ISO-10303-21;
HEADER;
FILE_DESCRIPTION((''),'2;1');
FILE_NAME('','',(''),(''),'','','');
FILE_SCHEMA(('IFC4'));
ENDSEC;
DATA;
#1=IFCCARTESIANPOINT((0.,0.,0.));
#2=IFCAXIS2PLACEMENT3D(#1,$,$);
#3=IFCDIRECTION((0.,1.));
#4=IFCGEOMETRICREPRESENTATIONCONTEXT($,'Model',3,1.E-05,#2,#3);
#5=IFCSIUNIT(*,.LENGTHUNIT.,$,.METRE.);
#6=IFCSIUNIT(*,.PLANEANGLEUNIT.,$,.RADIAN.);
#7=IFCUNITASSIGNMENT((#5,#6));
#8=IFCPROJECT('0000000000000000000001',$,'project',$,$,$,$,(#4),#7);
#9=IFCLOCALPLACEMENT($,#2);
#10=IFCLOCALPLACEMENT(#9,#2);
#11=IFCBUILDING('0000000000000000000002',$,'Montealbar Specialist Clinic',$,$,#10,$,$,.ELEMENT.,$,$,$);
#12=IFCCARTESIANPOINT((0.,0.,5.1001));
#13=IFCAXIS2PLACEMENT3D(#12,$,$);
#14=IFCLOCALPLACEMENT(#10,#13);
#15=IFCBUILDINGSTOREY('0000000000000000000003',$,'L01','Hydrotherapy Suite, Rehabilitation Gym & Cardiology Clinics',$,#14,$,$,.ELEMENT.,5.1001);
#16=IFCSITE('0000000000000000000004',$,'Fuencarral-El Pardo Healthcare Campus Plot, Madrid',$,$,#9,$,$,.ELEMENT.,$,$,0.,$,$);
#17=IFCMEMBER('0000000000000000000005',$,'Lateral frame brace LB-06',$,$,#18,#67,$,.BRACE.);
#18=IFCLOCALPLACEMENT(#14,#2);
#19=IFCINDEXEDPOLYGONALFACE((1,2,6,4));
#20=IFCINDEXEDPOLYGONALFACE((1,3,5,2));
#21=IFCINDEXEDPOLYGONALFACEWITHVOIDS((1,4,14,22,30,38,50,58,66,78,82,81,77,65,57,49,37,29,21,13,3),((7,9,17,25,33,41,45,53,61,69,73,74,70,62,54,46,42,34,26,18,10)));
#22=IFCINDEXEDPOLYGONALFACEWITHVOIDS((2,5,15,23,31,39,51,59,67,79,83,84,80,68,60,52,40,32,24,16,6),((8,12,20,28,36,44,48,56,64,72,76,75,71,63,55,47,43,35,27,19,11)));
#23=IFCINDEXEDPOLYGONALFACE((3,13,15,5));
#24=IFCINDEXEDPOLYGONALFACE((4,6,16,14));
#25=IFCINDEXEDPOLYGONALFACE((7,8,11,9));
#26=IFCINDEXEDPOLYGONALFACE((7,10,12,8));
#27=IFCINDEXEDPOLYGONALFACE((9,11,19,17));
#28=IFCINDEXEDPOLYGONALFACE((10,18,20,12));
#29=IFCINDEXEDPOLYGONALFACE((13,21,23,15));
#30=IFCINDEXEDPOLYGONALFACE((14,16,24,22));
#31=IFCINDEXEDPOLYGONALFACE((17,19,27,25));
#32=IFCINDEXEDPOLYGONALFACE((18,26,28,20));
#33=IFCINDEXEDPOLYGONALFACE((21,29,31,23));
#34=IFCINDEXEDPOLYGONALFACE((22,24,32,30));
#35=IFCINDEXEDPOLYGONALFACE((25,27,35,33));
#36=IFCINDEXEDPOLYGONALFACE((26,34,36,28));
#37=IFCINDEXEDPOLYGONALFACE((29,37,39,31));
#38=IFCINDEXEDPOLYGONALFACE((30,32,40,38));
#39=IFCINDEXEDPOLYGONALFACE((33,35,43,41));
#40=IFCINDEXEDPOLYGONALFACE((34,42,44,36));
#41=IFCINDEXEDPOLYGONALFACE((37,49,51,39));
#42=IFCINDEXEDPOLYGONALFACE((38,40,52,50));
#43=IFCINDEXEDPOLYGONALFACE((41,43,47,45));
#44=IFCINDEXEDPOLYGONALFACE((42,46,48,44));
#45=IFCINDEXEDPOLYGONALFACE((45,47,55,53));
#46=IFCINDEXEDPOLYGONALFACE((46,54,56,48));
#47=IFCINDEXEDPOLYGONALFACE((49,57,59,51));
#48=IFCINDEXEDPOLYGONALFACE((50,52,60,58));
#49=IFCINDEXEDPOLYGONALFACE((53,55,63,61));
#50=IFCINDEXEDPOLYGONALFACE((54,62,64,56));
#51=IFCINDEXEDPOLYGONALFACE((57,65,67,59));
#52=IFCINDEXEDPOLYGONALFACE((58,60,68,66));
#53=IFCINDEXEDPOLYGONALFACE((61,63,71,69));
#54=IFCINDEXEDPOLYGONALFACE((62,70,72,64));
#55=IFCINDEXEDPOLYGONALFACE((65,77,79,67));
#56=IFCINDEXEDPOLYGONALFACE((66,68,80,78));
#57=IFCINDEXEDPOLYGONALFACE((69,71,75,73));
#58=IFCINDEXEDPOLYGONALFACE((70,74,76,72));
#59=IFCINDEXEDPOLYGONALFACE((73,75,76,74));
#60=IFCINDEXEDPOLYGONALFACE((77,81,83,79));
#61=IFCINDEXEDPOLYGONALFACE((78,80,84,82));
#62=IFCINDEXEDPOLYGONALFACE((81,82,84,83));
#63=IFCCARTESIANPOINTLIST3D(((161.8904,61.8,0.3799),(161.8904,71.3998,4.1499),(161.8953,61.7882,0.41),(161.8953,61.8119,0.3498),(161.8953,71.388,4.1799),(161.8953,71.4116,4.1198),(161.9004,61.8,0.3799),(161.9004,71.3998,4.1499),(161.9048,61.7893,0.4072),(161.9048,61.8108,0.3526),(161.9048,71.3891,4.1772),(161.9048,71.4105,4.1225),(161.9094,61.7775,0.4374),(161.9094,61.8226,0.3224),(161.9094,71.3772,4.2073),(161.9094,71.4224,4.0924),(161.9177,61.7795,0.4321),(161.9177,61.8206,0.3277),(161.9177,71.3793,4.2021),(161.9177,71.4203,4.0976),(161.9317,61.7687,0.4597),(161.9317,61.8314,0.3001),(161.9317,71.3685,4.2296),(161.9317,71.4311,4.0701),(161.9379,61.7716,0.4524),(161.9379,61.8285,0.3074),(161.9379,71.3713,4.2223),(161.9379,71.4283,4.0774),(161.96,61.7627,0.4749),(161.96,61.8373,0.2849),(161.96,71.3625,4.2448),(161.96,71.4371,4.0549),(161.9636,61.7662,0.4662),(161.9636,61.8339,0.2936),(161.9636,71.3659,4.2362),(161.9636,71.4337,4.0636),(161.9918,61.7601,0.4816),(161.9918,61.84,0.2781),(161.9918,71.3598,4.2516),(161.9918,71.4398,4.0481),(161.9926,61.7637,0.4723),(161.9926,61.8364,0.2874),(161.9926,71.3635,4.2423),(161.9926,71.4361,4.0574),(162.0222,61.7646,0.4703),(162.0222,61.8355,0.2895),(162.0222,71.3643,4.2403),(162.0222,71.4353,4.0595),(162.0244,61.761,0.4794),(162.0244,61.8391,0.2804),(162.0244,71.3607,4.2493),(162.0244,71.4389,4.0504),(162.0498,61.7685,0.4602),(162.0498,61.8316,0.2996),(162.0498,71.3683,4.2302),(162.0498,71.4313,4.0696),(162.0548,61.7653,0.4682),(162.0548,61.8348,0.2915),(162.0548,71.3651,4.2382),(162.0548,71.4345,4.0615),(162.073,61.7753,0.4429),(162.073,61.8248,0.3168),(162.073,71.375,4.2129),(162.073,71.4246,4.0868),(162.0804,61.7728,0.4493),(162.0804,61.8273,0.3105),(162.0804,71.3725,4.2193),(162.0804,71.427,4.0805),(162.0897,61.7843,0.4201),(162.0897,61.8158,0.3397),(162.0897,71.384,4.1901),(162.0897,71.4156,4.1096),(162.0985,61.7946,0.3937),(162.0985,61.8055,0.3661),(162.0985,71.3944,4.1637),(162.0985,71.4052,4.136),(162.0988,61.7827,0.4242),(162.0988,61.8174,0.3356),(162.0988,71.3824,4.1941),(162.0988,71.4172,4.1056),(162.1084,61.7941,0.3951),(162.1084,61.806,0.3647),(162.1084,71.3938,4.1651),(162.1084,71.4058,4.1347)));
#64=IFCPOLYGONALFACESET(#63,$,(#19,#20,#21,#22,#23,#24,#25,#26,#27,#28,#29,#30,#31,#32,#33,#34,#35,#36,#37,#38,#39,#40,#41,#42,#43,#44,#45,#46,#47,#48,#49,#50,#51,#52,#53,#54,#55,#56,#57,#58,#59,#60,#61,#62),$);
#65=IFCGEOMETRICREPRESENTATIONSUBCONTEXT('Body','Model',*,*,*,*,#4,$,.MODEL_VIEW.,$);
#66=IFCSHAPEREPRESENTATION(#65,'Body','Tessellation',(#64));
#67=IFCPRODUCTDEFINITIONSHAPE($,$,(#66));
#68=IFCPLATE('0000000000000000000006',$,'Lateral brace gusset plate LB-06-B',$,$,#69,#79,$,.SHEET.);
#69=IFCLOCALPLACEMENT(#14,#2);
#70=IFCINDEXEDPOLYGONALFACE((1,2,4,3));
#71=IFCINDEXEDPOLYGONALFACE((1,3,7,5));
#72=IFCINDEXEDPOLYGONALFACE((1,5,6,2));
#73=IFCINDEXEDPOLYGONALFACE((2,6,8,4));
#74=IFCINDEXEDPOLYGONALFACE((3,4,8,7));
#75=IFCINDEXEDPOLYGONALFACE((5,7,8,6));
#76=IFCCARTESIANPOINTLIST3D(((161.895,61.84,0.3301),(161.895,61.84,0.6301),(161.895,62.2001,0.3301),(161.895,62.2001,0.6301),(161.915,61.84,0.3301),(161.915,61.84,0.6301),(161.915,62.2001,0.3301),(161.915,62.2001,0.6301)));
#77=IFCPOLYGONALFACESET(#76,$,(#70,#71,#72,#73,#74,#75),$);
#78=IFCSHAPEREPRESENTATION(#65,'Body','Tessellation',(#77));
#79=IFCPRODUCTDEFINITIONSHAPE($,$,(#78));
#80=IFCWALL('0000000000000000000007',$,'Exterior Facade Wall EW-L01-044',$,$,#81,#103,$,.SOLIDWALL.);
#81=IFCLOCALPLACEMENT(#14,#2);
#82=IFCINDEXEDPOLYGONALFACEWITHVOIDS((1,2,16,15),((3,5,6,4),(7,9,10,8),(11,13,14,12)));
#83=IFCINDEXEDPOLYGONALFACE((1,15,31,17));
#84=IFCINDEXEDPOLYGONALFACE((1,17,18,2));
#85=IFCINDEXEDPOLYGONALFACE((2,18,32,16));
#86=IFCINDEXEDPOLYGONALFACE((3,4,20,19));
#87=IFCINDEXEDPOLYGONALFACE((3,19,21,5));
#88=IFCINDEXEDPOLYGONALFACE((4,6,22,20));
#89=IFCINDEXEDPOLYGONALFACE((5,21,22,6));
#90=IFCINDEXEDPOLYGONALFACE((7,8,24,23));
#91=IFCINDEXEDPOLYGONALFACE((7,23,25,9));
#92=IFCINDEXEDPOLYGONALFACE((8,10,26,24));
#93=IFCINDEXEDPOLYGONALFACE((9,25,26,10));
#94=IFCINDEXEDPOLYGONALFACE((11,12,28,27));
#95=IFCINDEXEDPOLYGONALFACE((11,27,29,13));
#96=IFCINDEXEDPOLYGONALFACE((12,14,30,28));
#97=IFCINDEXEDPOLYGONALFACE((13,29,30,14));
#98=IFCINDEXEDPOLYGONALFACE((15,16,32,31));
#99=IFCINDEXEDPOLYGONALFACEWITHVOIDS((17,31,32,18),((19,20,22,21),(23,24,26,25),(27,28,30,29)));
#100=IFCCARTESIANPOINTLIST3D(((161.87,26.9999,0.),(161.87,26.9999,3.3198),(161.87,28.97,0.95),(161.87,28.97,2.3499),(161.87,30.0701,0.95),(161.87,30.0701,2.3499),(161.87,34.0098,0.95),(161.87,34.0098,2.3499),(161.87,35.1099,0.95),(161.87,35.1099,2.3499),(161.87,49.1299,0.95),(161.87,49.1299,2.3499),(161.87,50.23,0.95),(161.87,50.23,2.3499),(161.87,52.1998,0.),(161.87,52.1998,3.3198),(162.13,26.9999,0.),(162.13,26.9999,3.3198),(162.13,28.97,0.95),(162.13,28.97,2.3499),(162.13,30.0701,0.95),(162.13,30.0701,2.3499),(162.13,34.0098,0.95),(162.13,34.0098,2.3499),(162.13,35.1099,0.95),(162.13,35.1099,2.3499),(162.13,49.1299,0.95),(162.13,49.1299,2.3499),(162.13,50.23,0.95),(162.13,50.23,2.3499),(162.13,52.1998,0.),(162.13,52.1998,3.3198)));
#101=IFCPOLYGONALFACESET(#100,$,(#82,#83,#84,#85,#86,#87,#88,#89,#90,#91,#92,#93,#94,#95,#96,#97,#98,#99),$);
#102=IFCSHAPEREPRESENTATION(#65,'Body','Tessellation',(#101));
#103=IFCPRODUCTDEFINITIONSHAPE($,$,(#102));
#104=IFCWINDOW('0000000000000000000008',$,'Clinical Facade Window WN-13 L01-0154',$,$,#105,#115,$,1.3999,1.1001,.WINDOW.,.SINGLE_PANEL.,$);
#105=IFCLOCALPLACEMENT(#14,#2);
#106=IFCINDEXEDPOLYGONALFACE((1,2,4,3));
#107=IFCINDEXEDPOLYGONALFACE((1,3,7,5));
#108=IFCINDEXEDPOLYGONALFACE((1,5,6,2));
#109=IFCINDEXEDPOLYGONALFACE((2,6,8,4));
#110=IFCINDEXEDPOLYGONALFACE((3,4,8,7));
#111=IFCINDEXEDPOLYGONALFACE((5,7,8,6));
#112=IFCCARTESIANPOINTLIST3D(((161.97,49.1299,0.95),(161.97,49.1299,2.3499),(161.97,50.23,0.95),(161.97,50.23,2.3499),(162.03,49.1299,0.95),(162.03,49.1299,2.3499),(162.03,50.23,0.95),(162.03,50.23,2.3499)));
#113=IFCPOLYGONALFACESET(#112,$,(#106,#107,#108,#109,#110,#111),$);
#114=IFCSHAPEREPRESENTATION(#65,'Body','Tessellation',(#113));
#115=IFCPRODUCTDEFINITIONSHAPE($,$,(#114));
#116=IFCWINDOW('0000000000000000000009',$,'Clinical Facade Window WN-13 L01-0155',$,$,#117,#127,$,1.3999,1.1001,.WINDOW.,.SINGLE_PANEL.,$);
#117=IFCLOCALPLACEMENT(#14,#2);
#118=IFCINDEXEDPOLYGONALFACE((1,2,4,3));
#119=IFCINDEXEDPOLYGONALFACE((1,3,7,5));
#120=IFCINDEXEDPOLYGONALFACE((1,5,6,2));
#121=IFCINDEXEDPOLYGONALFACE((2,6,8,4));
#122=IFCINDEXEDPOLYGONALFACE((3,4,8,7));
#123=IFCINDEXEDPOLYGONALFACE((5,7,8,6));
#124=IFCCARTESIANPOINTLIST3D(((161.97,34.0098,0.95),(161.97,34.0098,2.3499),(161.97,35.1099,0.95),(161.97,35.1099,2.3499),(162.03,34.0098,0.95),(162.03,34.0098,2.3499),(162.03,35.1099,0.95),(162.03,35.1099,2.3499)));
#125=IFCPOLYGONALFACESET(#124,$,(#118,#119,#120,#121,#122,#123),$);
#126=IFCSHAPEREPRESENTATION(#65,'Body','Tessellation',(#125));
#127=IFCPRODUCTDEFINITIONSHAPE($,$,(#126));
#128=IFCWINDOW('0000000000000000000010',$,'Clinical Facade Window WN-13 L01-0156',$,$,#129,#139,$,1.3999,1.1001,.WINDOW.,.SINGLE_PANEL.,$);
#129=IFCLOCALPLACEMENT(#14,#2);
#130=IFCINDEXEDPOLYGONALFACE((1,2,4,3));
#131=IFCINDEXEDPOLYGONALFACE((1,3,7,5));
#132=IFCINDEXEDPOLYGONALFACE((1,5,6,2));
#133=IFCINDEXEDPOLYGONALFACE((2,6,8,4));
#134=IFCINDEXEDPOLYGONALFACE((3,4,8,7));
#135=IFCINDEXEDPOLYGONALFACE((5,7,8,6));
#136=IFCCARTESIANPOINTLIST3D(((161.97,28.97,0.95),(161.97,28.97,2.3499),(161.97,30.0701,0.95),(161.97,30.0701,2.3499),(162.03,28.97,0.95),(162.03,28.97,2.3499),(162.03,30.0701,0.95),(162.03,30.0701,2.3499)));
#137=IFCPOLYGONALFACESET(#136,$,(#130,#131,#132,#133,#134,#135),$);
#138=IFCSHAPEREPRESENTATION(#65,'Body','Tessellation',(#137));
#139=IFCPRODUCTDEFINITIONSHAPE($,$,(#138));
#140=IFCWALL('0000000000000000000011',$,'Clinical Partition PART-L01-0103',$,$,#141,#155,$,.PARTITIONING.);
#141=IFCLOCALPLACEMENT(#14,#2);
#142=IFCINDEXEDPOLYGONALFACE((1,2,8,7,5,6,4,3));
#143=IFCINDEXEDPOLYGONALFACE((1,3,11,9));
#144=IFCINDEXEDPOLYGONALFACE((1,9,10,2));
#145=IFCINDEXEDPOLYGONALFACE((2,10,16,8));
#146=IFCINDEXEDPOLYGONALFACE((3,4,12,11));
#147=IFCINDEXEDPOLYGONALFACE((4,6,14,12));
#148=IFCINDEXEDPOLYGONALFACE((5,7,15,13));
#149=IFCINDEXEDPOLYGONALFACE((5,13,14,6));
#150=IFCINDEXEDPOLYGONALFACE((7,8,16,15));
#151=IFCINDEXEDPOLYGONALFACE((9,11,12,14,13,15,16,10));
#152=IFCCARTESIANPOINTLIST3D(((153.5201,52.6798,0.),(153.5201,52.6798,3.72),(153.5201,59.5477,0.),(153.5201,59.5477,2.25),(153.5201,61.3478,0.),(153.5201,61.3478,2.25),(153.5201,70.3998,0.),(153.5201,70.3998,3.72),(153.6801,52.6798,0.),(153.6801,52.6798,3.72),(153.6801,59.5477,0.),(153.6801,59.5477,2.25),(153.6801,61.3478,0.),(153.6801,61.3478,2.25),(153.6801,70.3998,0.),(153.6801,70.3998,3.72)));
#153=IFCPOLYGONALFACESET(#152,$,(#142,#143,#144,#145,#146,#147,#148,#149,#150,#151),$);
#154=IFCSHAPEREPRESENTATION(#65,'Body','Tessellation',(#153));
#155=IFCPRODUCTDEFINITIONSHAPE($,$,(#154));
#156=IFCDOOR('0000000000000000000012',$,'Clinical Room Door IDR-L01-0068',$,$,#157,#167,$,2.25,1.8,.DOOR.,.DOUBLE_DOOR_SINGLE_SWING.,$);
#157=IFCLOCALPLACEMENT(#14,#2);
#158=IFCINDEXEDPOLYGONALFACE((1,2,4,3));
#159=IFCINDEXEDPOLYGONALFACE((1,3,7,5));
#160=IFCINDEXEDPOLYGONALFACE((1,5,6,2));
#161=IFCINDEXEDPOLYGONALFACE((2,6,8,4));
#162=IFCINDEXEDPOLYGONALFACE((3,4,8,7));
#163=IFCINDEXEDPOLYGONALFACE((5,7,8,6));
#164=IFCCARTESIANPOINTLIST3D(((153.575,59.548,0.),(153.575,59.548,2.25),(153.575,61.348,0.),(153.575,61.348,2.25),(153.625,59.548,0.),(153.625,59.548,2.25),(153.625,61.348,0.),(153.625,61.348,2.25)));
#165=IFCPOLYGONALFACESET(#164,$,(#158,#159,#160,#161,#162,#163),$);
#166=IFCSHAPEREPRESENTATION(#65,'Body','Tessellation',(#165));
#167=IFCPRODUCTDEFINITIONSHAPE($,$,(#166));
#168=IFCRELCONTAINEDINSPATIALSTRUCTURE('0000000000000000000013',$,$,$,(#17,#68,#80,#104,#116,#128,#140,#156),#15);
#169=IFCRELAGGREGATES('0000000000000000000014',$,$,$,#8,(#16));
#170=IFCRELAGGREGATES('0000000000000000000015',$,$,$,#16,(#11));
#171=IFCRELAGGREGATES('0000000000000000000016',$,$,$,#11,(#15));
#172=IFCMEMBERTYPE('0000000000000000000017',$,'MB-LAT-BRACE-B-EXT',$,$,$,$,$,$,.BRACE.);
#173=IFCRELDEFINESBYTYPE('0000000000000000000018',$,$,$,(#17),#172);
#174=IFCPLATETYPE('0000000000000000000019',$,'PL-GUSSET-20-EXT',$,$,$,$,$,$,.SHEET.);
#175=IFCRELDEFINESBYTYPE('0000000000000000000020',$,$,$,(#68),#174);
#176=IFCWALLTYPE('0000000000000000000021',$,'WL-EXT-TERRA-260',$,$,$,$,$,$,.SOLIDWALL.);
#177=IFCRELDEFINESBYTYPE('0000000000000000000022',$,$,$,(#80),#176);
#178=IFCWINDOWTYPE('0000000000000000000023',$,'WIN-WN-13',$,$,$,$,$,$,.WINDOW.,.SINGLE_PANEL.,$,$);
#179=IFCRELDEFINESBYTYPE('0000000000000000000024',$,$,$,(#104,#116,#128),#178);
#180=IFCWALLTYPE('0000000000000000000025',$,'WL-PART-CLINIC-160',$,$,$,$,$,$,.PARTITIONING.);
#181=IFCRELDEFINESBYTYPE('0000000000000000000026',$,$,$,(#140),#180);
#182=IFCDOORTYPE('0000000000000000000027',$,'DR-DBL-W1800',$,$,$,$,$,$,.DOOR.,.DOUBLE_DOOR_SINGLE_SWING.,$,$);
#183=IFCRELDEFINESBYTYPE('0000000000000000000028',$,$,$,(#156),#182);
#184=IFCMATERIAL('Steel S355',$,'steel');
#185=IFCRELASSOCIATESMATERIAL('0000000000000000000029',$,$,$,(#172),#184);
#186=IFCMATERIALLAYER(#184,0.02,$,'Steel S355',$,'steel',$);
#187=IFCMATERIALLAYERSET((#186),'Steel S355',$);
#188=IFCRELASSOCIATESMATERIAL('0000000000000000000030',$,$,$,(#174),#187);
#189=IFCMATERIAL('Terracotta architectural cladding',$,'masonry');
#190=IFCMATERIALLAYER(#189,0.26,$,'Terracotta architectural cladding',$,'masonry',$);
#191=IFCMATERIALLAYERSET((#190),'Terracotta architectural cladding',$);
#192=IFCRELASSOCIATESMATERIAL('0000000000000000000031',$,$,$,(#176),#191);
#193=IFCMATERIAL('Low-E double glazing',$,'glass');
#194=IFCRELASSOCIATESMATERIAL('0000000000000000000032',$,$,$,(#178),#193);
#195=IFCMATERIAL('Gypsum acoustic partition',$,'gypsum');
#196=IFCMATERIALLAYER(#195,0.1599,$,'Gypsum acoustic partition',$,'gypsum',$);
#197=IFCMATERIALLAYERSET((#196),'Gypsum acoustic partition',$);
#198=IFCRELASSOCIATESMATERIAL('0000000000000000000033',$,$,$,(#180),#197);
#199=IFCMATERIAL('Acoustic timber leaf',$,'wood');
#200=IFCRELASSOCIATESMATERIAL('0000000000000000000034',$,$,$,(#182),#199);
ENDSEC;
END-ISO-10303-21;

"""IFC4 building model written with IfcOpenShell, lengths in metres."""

from ifc_helpers import new_model, si_unit, direction, frame, frame_2d, origin, origin_2d, place, context, subcontext, project, spatial, rectangle, hollow_circle, extrude, material, layer, layer_set, material_profile, profile_set, type_object, element, fill, save


model = new_model("IFC4")

# Units and contexts
model_context = context("Model", 3, precision=1e-05, world=origin(), true_north=direction((0.0, 1.0)))
body_context = subcontext(model_context, "Body", "Model", "MODEL_VIEW")
ifc_project = project(units=[si_unit("LENGTHUNIT", "METRE"), si_unit("PLANEANGLEUNIT", "RADIAN")], contexts=[model_context])

# Site, building, storey
site_placement = place(None, origin())
site = spatial("IfcSite", under=ifc_project, at=site_placement, Name="Fuencarral-El Pardo Healthcare Campus Plot, Madrid", CompositionType="ELEMENT", RefElevation=0.0)
building_placement = place(site_placement, origin())
building = spatial("IfcBuilding", under=site, at=building_placement, Name="Montealbar Specialist Clinic", CompositionType="ELEMENT")
storey_placement = place(building_placement, frame((0.0, 0.0, 5.1001)))
storey = spatial("IfcBuildingStorey", under=building, at=storey_placement, Name="L01", Description="Hydrotherapy Suite, Rehabilitation Gym & Cardiology Clinics", CompositionType="ELEMENT", Elevation=5.1001)

# Shared definitions
ifc_material_1 = material(Name="Steel S355", Category="steel")

# Member
ifc_material_profile_1 = material_profile(ifc_material_1, hollow_circle(Radius=0.1096, WallThickness=0.01, at=origin_2d()), Name="CHS 219.1x10.0", Category="steel")
ifc_profile_set_1 = profile_set([ifc_material_profile_1], Name="Steel S355")
member_type = type_object("IfcMemberType", Name="MB-LAT-BRACE-B-EXT", PredefinedType="BRACE", material=ifc_profile_set_1)
member_placement = place(storey_placement, frame((162.0, 61.8, 0.3799), z_axis=(0.0, 0.930796, 0.365539), x_axis=(-1.0, 0.0, 0.0)))
element("IfcMember", 1, at=member_placement, inside=storey, type_object=member_type, Name="Lateral frame brace LB-06", PredefinedType="BRACE", context=body_context, shape_type="SweptSolid", body=[
    extrude(hollow_circle(Radius=0.1096, WallThickness=0.01, at=origin_2d()), origin(), (0.0, 0.0, 1.0), 10.3135),
])

# Plate
ifc_layer_1 = layer(ifc_material_1, 0.02, Name="Steel S355", Category="steel")
ifc_layer_set_1 = layer_set([ifc_layer_1], Name="Steel S355")
plate_type = type_object("IfcPlateType", Name="PL-GUSSET-20-EXT", PredefinedType="SHEET", material=ifc_layer_set_1)
plate_placement = place(storey_placement, frame((161.905, 62.02, 0.3301), z_axis=(0.0, 0.0, 1.0), x_axis=(0.0, 1.0, 0.0)))
element("IfcPlate", 2, at=plate_placement, inside=storey, type_object=plate_type, Name="Lateral brace gusset plate LB-06-B", PredefinedType="SHEET", context=body_context, shape_type="SweptSolid", body=[
    extrude(rectangle(XDim=0.3601, YDim=0.02, at=origin_2d()), origin(), (0.0, 0.0, 1.0), 0.3),
])

# Wall, openings, windows
ifc_material_2 = material(Name="Terracotta architectural cladding", Category="masonry")
ifc_layer_2 = layer(ifc_material_2, 0.26, Name="Terracotta architectural cladding", Category="masonry")
ifc_layer_set_2 = layer_set([ifc_layer_2], Name="Terracotta architectural cladding")
wall_type_1 = type_object("IfcWallType", Name="WL-EXT-TERRA-260", PredefinedType="SOLIDWALL", material=ifc_layer_set_2)
wall_1_placement = place(storey_placement, frame((162.0, 52.2, 0.0), z_axis=(0.0, 0.0, 1.0), x_axis=(0.0, -1.0, 0.0)))
wall_1 = element("IfcWall", 3, at=wall_1_placement, inside=storey, type_object=wall_type_1, Name="Exterior Facade Wall EW-L01-044", PredefinedType="SOLIDWALL", context=body_context, shape_type="SweptSolid", body=[
    extrude(rectangle(XDim=25.2, YDim=0.26, at=frame_2d((12.6001, 0.0))), origin(), (0.0, 0.0, 1.0), 3.3198),
])
opening_1_placement = place(wall_1_placement, frame((1.97, 0.0, 0.95)))
opening_1 = element("IfcOpeningElement", 4, at=opening_1_placement, cuts=wall_1, PredefinedType="OPENING", context=body_context, shape_type="SweptSolid", body=[
    extrude(rectangle(XDim=1.1001, YDim=1.3999, at=frame_2d((0.55, 0.7))), frame((0.0, 0.1399, 0.0), z_axis=(0.0, -1.0, 0.0), x_axis=(1.0, 0.0, 0.0)), (0.0, 0.0, 1.0), 0.28),
])
opening_2_placement = place(wall_1_placement, frame((17.0901, 0.0, 0.95)))
opening_2 = element("IfcOpeningElement", 5, at=opening_2_placement, cuts=wall_1, PredefinedType="OPENING", context=body_context, shape_type="SweptSolid", body=[
    extrude(rectangle(XDim=1.1001, YDim=1.3999, at=frame_2d((0.55, 0.7))), frame((0.0, 0.1399, 0.0), z_axis=(0.0, -1.0, 0.0), x_axis=(1.0, 0.0, 0.0)), (0.0, 0.0, 1.0), 0.28),
])
opening_3_placement = place(wall_1_placement, frame((22.1299, 0.0, 0.95)))
opening_3 = element("IfcOpeningElement", 6, at=opening_3_placement, cuts=wall_1, PredefinedType="OPENING", context=body_context, shape_type="SweptSolid", body=[
    extrude(rectangle(XDim=1.1001, YDim=1.3999, at=frame_2d((0.55, 0.7))), frame((0.0, 0.1399, 0.0), z_axis=(0.0, -1.0, 0.0), x_axis=(1.0, 0.0, 0.0)), (0.0, 0.0, 1.0), 0.28),
])
ifc_material_3 = material(Name="Low-E double glazing", Category="glass")
window_type = type_object("IfcWindowType", Name="WIN-WN-13", PartitioningType="SINGLE_PANEL", PredefinedType="WINDOW", material=ifc_material_3)
window_1_placement = place(opening_1_placement, origin())
window_1 = element("IfcWindow", 7, at=window_1_placement, inside=storey, type_object=window_type, Name="Clinical Facade Window WN-13 L01-0154", OverallHeight=1.3999, OverallWidth=1.1001, PartitioningType="SINGLE_PANEL", PredefinedType="WINDOW", context=body_context, shape_type="SweptSolid", body=[
    extrude(rectangle(XDim=1.1001, YDim=1.3999, at=frame_2d((0.55, 0.7))), frame((0.0, 0.03, 0.0), z_axis=(0.0, -1.0, 0.0), x_axis=(1.0, 0.0, 0.0)), (0.0, 0.0, 1.0), 0.0601),
])
fill(opening_1, window_1)
window_2_placement = place(opening_2_placement, origin())
window_2 = element("IfcWindow", 8, at=window_2_placement, inside=storey, type_object=window_type, Name="Clinical Facade Window WN-13 L01-0155", OverallHeight=1.3999, OverallWidth=1.1001, PartitioningType="SINGLE_PANEL", PredefinedType="WINDOW", context=body_context, shape_type="SweptSolid", body=[
    extrude(rectangle(XDim=1.1001, YDim=1.3999, at=frame_2d((0.55, 0.7))), frame((0.0, 0.03, 0.0), z_axis=(0.0, -1.0, 0.0), x_axis=(1.0, 0.0, 0.0)), (0.0, 0.0, 1.0), 0.0601),
])
fill(opening_2, window_2)
window_3_placement = place(opening_3_placement, origin())
window_3 = element("IfcWindow", 9, at=window_3_placement, inside=storey, type_object=window_type, Name="Clinical Facade Window WN-13 L01-0156", OverallHeight=1.3999, OverallWidth=1.1001, PartitioningType="SINGLE_PANEL", PredefinedType="WINDOW", context=body_context, shape_type="SweptSolid", body=[
    extrude(rectangle(XDim=1.1001, YDim=1.3999, at=frame_2d((0.55, 0.7))), frame((0.0, 0.03, 0.0), z_axis=(0.0, -1.0, 0.0), x_axis=(1.0, 0.0, 0.0)), (0.0, 0.0, 1.0), 0.0601),
])
fill(opening_3, window_3)

# Wall, opening, door
ifc_material_4 = material(Name="Gypsum acoustic partition", Category="gypsum")
ifc_layer_3 = layer(ifc_material_4, 0.1599, Name="Gypsum acoustic partition", Category="gypsum")
ifc_layer_set_3 = layer_set([ifc_layer_3], Name="Gypsum acoustic partition")
wall_type_2 = type_object("IfcWallType", Name="WL-PART-CLINIC-160", PredefinedType="PARTITIONING", material=ifc_layer_set_3)
wall_2_placement = place(storey_placement, frame((153.6001, 52.6799, 0.0), z_axis=(0.0, 0.0, 1.0), x_axis=(0.0, 1.0, 0.0)))
wall_2 = element("IfcWall", 10, at=wall_2_placement, inside=storey, type_object=wall_type_2, Name="Clinical Partition PART-L01-0103", PredefinedType="PARTITIONING", context=body_context, shape_type="SweptSolid", body=[
    extrude(rectangle(XDim=17.72, YDim=0.1599, at=frame_2d((8.8599, 0.0))), origin(), (0.0, 0.0, 1.0), 3.72),
])
opening_4_placement = place(wall_2_placement, frame((6.8679, 0.0, 0.0)))
opening_4 = element("IfcOpeningElement", 11, at=opening_4_placement, cuts=wall_2, PredefinedType="OPENING", context=body_context, shape_type="SweptSolid", body=[
    extrude(rectangle(XDim=1.8, YDim=2.25, at=frame_2d((0.8999, 1.125))), frame((0.0, 0.0898, 0.0), z_axis=(0.0, -1.0, 0.0), x_axis=(1.0, 0.0, 0.0)), (0.0, 0.0, 1.0), 0.1799),
])
ifc_material_5 = material(Name="Acoustic timber leaf", Category="wood")
door_type = type_object("IfcDoorType", Name="DR-DBL-W1800", OperationType="DOUBLE_DOOR_SINGLE_SWING", PredefinedType="DOOR", material=ifc_material_5)
door_placement = place(opening_4_placement, frame((1.8, 0.0, 0.0), z_axis=(0.0, 0.0, 1.0), x_axis=(-1.0, 0.0, 0.0)))
door = element("IfcDoor", 12, at=door_placement, inside=storey, type_object=door_type, Name="Clinical Room Door IDR-L01-0068", OperationType="DOUBLE_DOOR_SINGLE_SWING", OverallHeight=2.25, OverallWidth=1.8, PredefinedType="DOOR", context=body_context, shape_type="SweptSolid", body=[
    extrude(rectangle(XDim=1.8, YDim=2.25, at=frame_2d((0.8999, 1.125))), frame((0.0, 0.0249, 0.0), z_axis=(0.0, -1.0, 0.0), x_axis=(1.0, 0.0, 0.0)), (0.0, 0.0, 1.0), 0.05),
])
fill(opening_4, door)

save(model, "model.ifc")
